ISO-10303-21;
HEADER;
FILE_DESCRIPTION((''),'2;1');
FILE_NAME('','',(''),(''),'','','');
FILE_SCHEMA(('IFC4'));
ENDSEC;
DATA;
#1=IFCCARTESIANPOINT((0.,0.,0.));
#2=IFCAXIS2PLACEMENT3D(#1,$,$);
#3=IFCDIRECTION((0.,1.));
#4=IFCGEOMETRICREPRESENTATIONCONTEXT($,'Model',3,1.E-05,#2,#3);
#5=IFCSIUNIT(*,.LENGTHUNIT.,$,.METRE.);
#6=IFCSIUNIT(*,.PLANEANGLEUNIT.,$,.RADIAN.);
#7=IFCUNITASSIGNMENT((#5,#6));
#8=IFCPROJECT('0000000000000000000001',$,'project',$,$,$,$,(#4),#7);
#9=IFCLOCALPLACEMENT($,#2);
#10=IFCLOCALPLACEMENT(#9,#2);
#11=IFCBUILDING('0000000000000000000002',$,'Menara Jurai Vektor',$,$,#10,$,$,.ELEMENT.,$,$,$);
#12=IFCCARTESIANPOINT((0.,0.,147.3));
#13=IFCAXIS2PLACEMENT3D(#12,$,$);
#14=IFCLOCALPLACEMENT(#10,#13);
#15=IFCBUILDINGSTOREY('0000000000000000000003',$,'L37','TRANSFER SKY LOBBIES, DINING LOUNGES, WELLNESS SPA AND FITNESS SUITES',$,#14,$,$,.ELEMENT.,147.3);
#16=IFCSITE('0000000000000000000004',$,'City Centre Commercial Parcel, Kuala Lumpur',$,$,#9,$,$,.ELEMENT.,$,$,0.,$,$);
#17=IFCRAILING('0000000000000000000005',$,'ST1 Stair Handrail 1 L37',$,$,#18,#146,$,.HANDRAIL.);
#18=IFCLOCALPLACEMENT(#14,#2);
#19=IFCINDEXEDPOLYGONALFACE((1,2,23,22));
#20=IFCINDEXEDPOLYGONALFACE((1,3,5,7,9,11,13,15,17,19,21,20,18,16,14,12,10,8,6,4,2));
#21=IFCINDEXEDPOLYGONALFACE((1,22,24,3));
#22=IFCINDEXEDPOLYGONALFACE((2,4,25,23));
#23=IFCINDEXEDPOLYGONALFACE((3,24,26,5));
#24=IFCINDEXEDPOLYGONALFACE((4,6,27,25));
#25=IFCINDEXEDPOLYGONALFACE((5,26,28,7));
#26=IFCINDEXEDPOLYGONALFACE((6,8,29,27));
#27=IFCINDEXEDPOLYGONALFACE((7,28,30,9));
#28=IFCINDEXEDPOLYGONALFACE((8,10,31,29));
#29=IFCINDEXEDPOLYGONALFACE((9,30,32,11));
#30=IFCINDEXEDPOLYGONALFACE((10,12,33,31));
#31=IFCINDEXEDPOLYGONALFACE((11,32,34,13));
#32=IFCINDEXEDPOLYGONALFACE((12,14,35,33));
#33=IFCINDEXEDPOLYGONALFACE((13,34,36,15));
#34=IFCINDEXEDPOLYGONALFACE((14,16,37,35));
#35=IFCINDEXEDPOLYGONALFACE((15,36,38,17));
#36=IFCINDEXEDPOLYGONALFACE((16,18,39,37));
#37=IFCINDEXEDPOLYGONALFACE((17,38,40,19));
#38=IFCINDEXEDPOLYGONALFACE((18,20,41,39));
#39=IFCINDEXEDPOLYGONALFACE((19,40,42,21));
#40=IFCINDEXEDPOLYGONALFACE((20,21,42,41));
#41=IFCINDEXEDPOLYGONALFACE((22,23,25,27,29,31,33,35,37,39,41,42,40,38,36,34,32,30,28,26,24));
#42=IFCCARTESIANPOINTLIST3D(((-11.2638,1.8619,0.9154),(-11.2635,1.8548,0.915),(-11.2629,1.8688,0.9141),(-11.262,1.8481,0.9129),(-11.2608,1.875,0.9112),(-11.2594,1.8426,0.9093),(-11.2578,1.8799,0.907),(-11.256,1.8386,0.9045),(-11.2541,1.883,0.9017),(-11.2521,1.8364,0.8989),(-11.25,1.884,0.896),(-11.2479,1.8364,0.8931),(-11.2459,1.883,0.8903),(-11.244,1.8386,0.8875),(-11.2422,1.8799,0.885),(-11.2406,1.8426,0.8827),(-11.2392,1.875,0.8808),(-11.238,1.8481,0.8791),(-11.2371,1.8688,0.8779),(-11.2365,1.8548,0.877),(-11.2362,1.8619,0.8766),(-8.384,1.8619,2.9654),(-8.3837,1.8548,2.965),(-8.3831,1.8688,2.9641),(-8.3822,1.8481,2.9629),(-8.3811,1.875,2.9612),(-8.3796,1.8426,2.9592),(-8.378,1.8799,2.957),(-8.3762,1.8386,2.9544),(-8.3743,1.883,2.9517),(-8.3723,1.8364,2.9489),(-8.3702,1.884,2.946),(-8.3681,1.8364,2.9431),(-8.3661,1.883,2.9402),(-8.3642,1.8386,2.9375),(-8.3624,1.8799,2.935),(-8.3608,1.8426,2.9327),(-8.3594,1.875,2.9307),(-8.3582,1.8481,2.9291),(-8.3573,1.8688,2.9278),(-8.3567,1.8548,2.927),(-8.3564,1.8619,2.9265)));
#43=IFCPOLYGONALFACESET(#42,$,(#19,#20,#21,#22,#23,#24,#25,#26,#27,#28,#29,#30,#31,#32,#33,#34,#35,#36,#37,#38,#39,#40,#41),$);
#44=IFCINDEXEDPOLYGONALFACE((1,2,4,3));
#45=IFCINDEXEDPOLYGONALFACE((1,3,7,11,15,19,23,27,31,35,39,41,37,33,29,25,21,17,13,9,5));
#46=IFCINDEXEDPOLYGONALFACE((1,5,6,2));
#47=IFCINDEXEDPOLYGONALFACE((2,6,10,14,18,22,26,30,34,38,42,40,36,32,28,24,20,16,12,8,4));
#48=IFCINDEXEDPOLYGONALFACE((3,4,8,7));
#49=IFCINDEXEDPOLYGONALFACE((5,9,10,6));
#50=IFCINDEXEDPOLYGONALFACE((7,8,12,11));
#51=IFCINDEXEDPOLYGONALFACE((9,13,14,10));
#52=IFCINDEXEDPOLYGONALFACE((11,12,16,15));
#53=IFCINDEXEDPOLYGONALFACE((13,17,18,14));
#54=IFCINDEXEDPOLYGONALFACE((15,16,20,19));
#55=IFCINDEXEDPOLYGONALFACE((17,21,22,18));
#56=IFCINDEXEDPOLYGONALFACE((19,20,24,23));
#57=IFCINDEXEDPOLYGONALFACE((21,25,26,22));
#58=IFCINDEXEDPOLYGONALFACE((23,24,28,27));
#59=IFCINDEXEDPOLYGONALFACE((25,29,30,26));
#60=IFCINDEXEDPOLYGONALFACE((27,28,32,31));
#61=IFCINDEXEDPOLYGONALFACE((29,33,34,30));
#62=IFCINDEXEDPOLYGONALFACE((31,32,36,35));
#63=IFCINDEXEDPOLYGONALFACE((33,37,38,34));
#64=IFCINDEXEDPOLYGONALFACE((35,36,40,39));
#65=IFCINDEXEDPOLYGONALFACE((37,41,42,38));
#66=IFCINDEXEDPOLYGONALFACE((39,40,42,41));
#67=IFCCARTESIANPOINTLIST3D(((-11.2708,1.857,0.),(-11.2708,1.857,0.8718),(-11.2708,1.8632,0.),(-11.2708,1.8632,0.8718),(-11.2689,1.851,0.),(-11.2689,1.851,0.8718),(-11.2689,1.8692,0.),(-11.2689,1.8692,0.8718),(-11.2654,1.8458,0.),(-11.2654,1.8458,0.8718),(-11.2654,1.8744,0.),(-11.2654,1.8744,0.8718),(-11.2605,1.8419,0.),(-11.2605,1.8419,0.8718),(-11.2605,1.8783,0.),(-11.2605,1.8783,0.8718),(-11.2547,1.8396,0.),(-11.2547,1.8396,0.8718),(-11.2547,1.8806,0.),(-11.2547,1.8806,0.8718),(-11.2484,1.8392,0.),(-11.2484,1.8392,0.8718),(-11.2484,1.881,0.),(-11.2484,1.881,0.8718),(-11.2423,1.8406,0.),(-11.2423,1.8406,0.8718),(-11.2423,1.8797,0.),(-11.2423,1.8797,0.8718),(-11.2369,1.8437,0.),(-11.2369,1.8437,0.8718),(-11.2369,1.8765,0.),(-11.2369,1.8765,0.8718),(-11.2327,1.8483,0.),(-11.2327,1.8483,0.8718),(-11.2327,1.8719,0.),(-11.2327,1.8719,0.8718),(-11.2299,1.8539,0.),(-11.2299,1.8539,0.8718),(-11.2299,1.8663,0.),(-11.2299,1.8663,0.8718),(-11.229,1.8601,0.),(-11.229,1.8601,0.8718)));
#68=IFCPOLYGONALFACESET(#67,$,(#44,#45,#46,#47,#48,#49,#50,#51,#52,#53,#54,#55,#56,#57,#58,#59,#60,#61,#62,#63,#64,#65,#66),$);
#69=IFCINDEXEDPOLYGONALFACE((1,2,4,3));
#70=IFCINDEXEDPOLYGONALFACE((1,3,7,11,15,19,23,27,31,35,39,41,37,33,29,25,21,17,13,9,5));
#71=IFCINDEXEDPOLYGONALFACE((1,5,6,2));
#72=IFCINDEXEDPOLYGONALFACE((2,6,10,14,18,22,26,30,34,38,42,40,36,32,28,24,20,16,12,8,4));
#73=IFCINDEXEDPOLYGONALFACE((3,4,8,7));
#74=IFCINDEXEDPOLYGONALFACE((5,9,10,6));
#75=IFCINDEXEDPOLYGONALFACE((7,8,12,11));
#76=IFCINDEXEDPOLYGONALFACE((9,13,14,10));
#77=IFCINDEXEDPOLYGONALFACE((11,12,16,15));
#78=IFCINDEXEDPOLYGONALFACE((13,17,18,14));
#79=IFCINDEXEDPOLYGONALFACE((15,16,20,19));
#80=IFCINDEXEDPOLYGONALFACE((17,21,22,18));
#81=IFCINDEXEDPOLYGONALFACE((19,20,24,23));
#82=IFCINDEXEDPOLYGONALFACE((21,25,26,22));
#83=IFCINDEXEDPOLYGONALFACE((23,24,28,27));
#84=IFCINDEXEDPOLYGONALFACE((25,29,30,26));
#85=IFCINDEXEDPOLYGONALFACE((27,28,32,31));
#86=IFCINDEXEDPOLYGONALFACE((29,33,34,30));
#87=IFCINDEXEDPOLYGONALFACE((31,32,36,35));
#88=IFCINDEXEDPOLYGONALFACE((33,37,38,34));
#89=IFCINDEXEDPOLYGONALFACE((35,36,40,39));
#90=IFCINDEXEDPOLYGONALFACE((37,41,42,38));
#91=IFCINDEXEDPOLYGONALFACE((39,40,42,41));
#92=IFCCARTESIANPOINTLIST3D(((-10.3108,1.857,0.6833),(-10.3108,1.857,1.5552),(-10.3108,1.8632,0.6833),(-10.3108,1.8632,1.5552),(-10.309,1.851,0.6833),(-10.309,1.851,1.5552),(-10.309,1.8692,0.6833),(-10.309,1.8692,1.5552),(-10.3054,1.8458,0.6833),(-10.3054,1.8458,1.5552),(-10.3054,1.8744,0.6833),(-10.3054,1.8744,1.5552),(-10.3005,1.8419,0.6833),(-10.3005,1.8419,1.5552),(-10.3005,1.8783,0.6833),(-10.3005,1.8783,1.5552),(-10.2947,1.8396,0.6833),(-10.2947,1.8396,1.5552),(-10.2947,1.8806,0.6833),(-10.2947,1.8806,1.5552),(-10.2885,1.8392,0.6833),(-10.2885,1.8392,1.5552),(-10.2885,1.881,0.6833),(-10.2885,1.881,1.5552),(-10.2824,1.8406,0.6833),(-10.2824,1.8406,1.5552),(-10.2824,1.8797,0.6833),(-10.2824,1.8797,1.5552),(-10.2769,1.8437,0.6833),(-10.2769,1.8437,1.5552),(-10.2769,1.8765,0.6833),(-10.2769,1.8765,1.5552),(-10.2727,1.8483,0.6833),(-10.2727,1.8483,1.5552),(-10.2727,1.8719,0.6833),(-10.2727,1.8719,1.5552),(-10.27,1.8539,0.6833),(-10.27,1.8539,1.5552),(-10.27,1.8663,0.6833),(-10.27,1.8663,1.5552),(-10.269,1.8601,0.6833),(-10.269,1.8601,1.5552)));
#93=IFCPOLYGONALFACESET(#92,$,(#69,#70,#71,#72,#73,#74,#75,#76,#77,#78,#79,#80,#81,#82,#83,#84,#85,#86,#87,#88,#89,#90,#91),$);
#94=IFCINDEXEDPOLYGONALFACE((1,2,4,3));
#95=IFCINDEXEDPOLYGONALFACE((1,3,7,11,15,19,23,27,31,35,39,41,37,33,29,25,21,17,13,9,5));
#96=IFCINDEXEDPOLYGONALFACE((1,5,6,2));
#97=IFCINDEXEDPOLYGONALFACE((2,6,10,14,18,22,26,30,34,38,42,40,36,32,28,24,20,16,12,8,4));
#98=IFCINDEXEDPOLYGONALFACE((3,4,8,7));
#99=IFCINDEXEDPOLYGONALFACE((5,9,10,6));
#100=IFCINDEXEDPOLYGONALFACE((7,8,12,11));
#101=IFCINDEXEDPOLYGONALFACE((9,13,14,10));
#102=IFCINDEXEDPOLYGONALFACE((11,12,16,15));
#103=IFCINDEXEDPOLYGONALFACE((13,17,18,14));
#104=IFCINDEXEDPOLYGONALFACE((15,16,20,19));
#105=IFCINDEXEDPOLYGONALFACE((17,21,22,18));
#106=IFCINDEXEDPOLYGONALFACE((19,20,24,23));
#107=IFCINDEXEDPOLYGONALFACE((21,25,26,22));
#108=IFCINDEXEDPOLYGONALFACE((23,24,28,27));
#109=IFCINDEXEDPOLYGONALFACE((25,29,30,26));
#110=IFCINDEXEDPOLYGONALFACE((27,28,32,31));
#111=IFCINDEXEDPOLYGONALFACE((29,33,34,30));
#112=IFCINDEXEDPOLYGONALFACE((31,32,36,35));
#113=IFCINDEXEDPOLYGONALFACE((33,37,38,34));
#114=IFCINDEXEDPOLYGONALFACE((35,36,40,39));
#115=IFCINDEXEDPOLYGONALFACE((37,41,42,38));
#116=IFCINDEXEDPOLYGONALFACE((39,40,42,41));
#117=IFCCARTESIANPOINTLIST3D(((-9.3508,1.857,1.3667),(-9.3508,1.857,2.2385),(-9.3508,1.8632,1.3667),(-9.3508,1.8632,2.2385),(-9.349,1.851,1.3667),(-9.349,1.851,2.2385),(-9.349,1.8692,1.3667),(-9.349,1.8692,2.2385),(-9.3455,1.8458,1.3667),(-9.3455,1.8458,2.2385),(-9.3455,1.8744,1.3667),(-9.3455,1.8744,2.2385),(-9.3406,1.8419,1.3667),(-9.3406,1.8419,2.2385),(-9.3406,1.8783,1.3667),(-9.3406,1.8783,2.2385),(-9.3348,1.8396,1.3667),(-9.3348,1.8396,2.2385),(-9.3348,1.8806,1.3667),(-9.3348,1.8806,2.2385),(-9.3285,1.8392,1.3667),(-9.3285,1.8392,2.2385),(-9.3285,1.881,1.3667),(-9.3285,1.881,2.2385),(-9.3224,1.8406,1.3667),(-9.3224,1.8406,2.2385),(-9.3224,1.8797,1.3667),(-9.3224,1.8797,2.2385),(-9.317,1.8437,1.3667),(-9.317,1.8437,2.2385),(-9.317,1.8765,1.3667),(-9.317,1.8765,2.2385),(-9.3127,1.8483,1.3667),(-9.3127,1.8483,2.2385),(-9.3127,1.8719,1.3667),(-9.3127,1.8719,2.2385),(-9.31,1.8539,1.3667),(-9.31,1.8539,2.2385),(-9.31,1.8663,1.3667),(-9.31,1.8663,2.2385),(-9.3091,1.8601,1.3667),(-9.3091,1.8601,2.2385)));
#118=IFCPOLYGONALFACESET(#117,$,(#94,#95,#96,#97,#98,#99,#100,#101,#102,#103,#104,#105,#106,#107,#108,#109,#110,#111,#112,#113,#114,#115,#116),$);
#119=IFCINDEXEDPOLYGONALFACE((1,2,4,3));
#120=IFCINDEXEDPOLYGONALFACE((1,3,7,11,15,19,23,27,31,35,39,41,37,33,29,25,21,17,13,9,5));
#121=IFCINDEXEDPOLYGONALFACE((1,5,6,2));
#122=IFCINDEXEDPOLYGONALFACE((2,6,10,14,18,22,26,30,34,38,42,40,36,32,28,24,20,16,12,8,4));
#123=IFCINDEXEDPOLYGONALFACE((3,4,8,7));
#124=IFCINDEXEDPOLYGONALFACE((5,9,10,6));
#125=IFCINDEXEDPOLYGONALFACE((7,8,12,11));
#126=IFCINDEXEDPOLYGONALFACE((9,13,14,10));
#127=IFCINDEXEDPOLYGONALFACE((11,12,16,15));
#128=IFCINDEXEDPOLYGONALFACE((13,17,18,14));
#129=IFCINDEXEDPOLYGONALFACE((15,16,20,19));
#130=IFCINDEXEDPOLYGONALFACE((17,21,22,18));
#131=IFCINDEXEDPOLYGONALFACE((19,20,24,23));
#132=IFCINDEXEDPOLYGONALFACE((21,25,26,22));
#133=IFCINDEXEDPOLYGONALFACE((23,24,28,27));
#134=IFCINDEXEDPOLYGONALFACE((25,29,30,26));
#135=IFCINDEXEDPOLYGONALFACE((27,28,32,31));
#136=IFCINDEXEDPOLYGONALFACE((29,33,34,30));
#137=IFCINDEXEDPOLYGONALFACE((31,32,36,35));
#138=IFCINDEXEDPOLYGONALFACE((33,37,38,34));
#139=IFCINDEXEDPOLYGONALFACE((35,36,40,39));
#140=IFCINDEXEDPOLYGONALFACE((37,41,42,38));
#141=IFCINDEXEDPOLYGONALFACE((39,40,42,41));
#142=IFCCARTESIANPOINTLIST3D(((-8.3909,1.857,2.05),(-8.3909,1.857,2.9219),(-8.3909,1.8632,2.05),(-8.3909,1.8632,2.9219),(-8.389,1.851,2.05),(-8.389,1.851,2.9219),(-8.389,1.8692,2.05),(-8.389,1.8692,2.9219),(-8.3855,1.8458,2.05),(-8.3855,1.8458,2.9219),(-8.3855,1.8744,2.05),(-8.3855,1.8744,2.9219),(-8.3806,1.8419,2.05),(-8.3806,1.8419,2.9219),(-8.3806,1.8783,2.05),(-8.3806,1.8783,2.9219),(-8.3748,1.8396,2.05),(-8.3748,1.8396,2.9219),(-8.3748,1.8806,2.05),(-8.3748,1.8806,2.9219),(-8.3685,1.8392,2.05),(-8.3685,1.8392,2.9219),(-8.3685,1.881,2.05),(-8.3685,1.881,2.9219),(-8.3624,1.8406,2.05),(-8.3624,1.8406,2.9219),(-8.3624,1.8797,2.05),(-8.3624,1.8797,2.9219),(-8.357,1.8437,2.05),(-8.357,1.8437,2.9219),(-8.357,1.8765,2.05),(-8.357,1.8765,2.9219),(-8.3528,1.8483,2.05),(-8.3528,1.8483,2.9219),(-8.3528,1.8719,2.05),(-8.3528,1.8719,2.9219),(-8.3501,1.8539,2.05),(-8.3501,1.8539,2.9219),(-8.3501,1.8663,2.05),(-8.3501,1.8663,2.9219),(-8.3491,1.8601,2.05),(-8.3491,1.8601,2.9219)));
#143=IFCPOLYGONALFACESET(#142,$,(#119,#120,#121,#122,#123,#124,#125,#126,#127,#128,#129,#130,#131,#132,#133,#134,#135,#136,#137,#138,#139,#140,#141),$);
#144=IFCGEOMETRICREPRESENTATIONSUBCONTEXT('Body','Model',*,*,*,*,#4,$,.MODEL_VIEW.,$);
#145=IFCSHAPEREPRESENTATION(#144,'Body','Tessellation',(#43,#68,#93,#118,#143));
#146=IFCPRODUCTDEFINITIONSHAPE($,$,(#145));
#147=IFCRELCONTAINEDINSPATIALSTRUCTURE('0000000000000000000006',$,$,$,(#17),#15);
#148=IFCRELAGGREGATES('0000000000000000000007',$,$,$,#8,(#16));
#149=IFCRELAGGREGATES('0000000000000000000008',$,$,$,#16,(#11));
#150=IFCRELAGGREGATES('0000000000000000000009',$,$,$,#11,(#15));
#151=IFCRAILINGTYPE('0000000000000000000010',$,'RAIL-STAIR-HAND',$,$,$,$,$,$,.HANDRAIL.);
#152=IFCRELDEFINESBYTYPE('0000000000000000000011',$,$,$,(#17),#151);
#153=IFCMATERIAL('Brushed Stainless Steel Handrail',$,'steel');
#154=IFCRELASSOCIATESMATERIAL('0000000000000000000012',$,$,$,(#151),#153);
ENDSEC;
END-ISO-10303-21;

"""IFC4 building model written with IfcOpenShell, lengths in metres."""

from ifc_helpers import new_model, si_unit, direction, frame, origin, origin_2d, place, context, subcontext, project, spatial, circle, extrude, material, type_object, element, save


model = new_model("IFC4")

# Units and contexts
model_context = context("Model", 3, precision=1e-05, world=origin(), true_north=direction((0.0, 1.0)))
body_context = subcontext(model_context, "Body", "Model", "MODEL_VIEW")
ifc_project = project(units=[si_unit("LENGTHUNIT", "METRE"), si_unit("PLANEANGLEUNIT", "RADIAN")], contexts=[model_context])

# Site, building, storey
site_placement = place(None, origin())
site = spatial("IfcSite", under=ifc_project, at=site_placement, Name="City Centre Commercial Parcel, Kuala Lumpur", CompositionType="ELEMENT", RefElevation=0.0)
building_placement = place(site_placement, origin())
building = spatial("IfcBuilding", under=site, at=building_placement, Name="Menara Jurai Vektor", CompositionType="ELEMENT")
storey_placement = place(building_placement, frame((0.0, 0.0, 147.3)))
storey = spatial("IfcBuildingStorey", under=building, at=storey_placement, Name="L37", Description="TRANSFER SKY LOBBIES, DINING LOUNGES, WELLNESS SPA AND FITNESS SUITES", CompositionType="ELEMENT", Elevation=147.3)

# Railing
ifc_material_1 = material(Name="Brushed Stainless Steel Handrail", Category="steel")
railing_type_1 = type_object("IfcRailingType", Name="RAIL-STAIR-HAND", PredefinedType="HANDRAIL", material=ifc_material_1)
railing_1_placement = place(storey_placement, frame((-11.25, 1.8601, 0.0)))
element("IfcRailing", 1, at=railing_1_placement, inside=storey, type_object=railing_type_1, Name="ST1 Stair Handrail 1 L37", PredefinedType="HANDRAIL", context=body_context, shape_type="SweptSolid", body=[
    extrude(circle(Radius=0.0239, at=origin_2d()), frame((0.0, 0.0, 0.896), z_axis=(0.81467, 0.0, 0.579924), x_axis=(0.0, 1.0, 0.0)), (0.0, 0.0, 1.0), 3.5349),
    extrude(circle(Radius=0.021, at=origin_2d()), origin(), (0.0, 0.0, 1.0), 0.8718),
    extrude(circle(Radius=0.021, at=origin_2d()), frame((0.96, 0.0, 0.6833)), (0.0, 0.0, 1.0), 0.8718),
    extrude(circle(Radius=0.021, at=origin_2d()), frame((1.9199, 0.0, 1.3667)), (0.0, 0.0, 1.0), 0.8718),
    extrude(circle(Radius=0.021, at=origin_2d()), frame((2.8799, 0.0, 2.05)), (0.0, 0.0, 1.0), 0.8718),
])

save(model, "model.ifc")
